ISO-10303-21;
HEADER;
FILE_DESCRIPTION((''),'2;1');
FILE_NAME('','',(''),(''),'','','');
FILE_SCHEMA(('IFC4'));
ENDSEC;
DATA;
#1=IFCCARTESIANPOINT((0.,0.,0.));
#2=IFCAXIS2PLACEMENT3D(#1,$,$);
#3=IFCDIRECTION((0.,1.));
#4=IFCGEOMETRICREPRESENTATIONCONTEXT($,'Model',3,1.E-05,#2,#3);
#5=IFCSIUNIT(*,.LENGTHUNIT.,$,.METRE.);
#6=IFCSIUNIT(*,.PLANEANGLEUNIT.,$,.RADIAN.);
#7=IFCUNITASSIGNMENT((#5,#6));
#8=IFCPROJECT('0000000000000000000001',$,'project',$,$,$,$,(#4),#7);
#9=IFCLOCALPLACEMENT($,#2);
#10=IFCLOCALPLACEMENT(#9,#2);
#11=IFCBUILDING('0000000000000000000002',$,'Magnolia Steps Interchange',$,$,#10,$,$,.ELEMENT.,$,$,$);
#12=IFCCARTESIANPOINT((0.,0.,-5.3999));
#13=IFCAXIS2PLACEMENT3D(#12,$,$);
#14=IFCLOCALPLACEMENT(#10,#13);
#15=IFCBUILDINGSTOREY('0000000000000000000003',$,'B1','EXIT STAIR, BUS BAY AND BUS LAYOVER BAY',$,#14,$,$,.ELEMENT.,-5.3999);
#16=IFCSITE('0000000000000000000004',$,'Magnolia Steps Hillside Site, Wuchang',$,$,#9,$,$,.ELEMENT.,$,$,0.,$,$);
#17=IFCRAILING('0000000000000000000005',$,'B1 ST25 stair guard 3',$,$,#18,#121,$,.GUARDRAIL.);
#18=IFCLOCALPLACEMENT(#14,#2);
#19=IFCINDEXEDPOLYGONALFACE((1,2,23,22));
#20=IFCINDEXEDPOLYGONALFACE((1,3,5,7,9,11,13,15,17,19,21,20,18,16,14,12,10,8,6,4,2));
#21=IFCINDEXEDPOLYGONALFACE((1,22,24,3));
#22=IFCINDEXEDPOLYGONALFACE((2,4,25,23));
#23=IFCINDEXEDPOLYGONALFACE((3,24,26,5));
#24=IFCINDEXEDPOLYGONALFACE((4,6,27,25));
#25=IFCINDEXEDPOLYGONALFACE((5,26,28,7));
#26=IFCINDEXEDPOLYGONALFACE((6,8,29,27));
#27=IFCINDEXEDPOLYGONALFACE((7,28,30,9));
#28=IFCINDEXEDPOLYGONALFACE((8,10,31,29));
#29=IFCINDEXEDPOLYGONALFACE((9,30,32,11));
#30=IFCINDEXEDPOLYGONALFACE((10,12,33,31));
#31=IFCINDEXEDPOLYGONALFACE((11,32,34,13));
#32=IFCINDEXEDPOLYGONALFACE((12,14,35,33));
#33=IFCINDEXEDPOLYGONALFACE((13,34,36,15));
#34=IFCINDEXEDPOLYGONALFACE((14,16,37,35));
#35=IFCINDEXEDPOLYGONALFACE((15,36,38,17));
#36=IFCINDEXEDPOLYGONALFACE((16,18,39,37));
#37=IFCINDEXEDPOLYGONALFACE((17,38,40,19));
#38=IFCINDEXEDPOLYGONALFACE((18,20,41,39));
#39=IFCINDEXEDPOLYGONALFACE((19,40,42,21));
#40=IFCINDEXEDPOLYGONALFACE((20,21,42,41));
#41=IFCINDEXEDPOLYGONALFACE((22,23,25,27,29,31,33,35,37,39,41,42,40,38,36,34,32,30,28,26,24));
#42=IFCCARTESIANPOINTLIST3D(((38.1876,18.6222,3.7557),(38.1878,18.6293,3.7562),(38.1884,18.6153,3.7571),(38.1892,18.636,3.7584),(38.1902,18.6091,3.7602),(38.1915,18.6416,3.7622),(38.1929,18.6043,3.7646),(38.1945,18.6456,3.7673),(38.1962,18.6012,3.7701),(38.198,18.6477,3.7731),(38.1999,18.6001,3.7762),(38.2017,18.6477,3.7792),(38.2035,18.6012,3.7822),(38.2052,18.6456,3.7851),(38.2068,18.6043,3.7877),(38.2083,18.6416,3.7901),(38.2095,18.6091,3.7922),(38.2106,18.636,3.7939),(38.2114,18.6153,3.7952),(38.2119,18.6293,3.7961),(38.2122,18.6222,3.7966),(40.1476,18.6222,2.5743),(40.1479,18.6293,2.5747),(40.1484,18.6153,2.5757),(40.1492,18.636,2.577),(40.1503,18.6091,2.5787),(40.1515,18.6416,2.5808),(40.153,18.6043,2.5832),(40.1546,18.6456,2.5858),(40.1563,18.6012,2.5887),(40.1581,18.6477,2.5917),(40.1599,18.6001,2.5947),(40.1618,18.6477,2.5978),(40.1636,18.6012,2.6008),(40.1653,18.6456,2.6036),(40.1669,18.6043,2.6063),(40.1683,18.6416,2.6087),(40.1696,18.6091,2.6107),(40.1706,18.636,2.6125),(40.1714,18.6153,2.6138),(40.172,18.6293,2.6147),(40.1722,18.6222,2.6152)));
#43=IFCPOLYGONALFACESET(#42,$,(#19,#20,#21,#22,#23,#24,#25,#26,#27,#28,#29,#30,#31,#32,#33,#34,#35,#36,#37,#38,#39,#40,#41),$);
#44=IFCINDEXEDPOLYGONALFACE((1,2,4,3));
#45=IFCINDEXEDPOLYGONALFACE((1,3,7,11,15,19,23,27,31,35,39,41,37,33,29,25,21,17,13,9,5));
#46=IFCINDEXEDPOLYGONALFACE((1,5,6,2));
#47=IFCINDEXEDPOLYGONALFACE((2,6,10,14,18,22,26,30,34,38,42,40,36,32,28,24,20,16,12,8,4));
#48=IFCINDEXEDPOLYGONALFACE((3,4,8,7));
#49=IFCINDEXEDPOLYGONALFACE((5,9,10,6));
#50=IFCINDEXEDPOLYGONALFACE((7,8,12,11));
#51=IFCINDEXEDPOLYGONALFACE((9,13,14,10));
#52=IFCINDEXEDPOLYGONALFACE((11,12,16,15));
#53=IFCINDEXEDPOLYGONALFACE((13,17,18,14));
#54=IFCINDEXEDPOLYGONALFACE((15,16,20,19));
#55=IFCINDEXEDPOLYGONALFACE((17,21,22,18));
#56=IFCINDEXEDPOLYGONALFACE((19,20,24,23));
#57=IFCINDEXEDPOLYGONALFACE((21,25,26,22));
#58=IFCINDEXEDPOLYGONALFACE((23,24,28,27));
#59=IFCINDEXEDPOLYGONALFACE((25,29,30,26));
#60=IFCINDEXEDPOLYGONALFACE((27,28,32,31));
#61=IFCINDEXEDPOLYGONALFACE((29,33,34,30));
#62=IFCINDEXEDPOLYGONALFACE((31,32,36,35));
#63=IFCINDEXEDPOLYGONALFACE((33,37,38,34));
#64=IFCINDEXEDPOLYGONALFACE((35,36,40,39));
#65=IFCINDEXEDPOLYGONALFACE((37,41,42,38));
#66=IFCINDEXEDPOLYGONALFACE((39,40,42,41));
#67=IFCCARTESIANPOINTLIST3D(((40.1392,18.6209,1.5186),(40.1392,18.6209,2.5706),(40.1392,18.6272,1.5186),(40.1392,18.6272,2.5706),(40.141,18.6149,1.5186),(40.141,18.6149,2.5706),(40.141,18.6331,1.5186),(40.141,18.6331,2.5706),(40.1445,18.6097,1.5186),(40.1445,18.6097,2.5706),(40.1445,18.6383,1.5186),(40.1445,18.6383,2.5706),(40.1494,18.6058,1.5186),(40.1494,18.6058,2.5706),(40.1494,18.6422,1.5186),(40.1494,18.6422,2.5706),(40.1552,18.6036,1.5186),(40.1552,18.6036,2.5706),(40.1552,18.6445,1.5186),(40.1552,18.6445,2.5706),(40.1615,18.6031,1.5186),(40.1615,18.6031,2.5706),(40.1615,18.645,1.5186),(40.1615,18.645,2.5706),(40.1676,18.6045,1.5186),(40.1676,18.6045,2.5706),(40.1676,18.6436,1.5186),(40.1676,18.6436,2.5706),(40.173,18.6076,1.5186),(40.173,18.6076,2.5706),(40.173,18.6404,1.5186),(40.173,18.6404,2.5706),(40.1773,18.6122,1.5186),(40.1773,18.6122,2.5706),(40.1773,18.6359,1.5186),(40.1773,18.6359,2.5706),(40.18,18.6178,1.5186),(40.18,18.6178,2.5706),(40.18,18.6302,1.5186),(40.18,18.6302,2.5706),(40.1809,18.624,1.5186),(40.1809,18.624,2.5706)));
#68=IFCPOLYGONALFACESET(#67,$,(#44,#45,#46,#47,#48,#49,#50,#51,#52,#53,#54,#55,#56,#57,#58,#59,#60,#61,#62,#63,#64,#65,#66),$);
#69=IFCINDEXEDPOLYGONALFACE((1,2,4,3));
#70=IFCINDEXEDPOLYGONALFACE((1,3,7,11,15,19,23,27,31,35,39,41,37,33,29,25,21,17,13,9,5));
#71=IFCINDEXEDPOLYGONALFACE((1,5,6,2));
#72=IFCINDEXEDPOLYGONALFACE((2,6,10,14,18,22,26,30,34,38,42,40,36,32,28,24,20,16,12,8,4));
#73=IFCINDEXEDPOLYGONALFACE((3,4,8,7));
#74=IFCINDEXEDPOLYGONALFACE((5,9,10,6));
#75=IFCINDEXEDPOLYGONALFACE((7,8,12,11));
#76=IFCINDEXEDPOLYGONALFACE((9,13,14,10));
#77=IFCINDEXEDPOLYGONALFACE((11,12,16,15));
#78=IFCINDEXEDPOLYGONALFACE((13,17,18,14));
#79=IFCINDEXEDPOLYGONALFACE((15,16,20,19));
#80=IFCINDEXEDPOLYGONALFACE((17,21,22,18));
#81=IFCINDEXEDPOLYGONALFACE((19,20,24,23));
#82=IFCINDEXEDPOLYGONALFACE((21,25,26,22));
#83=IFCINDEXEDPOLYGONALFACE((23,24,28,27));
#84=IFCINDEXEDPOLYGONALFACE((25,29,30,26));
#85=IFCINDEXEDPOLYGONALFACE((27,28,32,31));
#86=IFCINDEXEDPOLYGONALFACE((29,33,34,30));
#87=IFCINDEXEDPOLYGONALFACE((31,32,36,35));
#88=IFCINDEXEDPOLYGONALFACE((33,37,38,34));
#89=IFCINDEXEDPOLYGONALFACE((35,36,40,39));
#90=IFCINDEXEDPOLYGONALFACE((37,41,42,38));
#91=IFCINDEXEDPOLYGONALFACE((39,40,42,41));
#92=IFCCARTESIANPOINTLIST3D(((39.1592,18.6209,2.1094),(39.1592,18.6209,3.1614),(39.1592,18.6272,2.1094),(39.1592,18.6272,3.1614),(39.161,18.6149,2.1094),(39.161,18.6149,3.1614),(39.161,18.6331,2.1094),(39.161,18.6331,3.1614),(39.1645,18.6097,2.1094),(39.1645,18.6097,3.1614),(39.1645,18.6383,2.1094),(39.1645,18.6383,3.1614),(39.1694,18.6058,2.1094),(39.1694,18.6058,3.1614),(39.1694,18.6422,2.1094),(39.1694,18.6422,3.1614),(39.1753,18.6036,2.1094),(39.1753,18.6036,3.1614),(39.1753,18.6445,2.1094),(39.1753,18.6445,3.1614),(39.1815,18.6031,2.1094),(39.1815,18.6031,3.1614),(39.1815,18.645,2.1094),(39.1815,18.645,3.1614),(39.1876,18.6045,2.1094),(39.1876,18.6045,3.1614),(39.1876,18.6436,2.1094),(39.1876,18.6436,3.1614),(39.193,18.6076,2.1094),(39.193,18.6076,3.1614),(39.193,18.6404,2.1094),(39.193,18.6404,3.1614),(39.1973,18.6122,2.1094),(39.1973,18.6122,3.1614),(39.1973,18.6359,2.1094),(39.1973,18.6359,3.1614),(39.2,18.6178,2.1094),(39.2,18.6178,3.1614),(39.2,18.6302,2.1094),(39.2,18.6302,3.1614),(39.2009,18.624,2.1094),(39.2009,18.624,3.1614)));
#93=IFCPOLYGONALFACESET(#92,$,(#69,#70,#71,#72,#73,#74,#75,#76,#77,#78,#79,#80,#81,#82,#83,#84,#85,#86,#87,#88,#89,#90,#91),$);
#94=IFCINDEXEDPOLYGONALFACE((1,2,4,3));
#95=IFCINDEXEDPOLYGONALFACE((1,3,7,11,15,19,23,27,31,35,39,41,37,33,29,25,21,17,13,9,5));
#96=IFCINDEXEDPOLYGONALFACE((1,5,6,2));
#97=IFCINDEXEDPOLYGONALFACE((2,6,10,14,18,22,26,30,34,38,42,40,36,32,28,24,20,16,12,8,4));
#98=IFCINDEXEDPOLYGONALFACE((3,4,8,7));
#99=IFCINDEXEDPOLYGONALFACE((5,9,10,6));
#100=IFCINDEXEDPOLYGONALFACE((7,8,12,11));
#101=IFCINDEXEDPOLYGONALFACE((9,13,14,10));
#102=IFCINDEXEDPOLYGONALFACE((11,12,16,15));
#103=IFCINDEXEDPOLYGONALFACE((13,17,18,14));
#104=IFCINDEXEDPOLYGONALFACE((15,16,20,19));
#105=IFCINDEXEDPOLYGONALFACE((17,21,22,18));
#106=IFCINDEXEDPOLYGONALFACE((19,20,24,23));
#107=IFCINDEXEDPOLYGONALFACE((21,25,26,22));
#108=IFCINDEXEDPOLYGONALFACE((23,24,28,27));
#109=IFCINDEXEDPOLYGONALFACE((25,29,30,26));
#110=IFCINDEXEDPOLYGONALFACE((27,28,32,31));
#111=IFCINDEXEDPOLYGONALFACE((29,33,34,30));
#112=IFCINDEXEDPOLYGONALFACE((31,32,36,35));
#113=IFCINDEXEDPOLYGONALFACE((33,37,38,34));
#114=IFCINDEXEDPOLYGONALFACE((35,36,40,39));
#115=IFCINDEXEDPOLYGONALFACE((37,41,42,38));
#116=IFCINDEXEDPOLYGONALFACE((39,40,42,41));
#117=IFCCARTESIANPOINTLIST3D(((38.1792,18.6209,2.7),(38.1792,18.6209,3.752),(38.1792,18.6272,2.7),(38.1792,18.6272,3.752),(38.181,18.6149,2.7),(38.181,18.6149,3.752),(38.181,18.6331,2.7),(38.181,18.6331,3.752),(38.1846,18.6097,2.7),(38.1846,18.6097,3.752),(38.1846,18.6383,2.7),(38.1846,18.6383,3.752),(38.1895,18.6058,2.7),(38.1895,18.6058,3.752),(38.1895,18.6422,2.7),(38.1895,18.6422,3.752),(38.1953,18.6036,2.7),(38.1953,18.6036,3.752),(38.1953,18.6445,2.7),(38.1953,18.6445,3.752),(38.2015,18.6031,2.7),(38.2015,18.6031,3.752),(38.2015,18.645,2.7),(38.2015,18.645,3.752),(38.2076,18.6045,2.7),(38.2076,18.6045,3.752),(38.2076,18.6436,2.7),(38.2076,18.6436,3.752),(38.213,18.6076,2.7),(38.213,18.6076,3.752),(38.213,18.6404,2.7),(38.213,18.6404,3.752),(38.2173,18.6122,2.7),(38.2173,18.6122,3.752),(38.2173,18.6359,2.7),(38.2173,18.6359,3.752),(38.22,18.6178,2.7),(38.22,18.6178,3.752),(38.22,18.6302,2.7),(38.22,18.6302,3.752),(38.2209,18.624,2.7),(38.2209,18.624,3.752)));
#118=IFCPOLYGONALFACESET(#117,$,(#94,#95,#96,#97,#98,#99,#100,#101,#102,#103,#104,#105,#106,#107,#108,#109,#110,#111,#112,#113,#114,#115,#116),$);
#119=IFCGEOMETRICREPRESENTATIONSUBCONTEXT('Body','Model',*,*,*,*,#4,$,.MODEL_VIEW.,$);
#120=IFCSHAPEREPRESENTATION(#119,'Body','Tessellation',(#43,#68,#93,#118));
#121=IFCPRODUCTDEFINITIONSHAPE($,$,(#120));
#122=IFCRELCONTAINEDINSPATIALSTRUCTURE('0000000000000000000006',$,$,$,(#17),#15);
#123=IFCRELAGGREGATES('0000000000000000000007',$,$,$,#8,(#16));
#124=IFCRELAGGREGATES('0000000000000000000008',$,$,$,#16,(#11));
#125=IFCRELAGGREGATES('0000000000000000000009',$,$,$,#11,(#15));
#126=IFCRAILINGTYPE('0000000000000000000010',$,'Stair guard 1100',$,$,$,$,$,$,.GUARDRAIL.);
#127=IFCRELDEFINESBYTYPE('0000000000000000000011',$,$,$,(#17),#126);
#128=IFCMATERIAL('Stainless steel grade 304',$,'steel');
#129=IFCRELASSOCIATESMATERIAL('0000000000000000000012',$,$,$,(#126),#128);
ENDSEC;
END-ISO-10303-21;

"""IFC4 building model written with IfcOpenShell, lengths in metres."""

from ifc_helpers import new_model, si_unit, direction, frame, origin, origin_2d, place, context, subcontext, project, spatial, circle, extrude, material, type_object, element, save


model = new_model("IFC4")

# Units and contexts
model_context = context("Model", 3, precision=1e-05, world=origin(), true_north=direction((0.0, 1.0)))
body_context = subcontext(model_context, "Body", "Model", "MODEL_VIEW")
ifc_project = project(units=[si_unit("LENGTHUNIT", "METRE"), si_unit("PLANEANGLEUNIT", "RADIAN")], contexts=[model_context])

# Site, building, storey
site_placement = place(None, origin())
site = spatial("IfcSite", under=ifc_project, at=site_placement, Name="Magnolia Steps Hillside Site, Wuchang", CompositionType="ELEMENT", RefElevation=0.0)
building_placement = place(site_placement, origin())
building = spatial("IfcBuilding", under=site, at=building_placement, Name="Magnolia Steps Interchange", CompositionType="ELEMENT")
storey_placement = place(building_placement, frame((0.0, 0.0, -5.3999)))
storey = spatial("IfcBuildingStorey", under=building, at=storey_placement, Name="B1", Description="EXIT STAIR, BUS BAY AND BUS LAYOVER BAY", CompositionType="ELEMENT", Elevation=-5.3999)

# Railing
ifc_material_1 = material(Name="Stainless steel grade 304", Category="steel")
railing_type_1 = type_object("IfcRailingType", Name="Stair guard 1100", PredefinedType="GUARDRAIL", material=ifc_material_1)
railing_1_placement = place(storey_placement, frame((40.1599, 18.624, 1.5186)))
element("IfcRailing", 1, at=railing_1_placement, inside=storey, type_object=railing_type_1, Name="B1 ST25 stair guard 3", PredefinedType="GUARDRAIL", context=body_context, shape_type="SweptSolid", body=[
    extrude(circle(Radius=0.0239, at=origin_2d()), frame((0.0, 0.0, 1.0762), z_axis=(-0.856446, 0.0, 0.516236), x_axis=(0.0, -1.0, 0.0)), (0.0, 0.0, 1.0), 2.2886),
    extrude(circle(Radius=0.021, at=origin_2d()), origin(), (0.0, 0.0, 1.0), 1.052),
    extrude(circle(Radius=0.021, at=origin_2d()), frame((-0.98, 0.0, 0.5908)), (0.0, 0.0, 1.0), 1.052),
    extrude(circle(Radius=0.021, at=origin_2d()), frame((-1.96, 0.0, 1.1814)), (0.0, 0.0, 1.0), 1.052),
])

save(model, "model.ifc")
